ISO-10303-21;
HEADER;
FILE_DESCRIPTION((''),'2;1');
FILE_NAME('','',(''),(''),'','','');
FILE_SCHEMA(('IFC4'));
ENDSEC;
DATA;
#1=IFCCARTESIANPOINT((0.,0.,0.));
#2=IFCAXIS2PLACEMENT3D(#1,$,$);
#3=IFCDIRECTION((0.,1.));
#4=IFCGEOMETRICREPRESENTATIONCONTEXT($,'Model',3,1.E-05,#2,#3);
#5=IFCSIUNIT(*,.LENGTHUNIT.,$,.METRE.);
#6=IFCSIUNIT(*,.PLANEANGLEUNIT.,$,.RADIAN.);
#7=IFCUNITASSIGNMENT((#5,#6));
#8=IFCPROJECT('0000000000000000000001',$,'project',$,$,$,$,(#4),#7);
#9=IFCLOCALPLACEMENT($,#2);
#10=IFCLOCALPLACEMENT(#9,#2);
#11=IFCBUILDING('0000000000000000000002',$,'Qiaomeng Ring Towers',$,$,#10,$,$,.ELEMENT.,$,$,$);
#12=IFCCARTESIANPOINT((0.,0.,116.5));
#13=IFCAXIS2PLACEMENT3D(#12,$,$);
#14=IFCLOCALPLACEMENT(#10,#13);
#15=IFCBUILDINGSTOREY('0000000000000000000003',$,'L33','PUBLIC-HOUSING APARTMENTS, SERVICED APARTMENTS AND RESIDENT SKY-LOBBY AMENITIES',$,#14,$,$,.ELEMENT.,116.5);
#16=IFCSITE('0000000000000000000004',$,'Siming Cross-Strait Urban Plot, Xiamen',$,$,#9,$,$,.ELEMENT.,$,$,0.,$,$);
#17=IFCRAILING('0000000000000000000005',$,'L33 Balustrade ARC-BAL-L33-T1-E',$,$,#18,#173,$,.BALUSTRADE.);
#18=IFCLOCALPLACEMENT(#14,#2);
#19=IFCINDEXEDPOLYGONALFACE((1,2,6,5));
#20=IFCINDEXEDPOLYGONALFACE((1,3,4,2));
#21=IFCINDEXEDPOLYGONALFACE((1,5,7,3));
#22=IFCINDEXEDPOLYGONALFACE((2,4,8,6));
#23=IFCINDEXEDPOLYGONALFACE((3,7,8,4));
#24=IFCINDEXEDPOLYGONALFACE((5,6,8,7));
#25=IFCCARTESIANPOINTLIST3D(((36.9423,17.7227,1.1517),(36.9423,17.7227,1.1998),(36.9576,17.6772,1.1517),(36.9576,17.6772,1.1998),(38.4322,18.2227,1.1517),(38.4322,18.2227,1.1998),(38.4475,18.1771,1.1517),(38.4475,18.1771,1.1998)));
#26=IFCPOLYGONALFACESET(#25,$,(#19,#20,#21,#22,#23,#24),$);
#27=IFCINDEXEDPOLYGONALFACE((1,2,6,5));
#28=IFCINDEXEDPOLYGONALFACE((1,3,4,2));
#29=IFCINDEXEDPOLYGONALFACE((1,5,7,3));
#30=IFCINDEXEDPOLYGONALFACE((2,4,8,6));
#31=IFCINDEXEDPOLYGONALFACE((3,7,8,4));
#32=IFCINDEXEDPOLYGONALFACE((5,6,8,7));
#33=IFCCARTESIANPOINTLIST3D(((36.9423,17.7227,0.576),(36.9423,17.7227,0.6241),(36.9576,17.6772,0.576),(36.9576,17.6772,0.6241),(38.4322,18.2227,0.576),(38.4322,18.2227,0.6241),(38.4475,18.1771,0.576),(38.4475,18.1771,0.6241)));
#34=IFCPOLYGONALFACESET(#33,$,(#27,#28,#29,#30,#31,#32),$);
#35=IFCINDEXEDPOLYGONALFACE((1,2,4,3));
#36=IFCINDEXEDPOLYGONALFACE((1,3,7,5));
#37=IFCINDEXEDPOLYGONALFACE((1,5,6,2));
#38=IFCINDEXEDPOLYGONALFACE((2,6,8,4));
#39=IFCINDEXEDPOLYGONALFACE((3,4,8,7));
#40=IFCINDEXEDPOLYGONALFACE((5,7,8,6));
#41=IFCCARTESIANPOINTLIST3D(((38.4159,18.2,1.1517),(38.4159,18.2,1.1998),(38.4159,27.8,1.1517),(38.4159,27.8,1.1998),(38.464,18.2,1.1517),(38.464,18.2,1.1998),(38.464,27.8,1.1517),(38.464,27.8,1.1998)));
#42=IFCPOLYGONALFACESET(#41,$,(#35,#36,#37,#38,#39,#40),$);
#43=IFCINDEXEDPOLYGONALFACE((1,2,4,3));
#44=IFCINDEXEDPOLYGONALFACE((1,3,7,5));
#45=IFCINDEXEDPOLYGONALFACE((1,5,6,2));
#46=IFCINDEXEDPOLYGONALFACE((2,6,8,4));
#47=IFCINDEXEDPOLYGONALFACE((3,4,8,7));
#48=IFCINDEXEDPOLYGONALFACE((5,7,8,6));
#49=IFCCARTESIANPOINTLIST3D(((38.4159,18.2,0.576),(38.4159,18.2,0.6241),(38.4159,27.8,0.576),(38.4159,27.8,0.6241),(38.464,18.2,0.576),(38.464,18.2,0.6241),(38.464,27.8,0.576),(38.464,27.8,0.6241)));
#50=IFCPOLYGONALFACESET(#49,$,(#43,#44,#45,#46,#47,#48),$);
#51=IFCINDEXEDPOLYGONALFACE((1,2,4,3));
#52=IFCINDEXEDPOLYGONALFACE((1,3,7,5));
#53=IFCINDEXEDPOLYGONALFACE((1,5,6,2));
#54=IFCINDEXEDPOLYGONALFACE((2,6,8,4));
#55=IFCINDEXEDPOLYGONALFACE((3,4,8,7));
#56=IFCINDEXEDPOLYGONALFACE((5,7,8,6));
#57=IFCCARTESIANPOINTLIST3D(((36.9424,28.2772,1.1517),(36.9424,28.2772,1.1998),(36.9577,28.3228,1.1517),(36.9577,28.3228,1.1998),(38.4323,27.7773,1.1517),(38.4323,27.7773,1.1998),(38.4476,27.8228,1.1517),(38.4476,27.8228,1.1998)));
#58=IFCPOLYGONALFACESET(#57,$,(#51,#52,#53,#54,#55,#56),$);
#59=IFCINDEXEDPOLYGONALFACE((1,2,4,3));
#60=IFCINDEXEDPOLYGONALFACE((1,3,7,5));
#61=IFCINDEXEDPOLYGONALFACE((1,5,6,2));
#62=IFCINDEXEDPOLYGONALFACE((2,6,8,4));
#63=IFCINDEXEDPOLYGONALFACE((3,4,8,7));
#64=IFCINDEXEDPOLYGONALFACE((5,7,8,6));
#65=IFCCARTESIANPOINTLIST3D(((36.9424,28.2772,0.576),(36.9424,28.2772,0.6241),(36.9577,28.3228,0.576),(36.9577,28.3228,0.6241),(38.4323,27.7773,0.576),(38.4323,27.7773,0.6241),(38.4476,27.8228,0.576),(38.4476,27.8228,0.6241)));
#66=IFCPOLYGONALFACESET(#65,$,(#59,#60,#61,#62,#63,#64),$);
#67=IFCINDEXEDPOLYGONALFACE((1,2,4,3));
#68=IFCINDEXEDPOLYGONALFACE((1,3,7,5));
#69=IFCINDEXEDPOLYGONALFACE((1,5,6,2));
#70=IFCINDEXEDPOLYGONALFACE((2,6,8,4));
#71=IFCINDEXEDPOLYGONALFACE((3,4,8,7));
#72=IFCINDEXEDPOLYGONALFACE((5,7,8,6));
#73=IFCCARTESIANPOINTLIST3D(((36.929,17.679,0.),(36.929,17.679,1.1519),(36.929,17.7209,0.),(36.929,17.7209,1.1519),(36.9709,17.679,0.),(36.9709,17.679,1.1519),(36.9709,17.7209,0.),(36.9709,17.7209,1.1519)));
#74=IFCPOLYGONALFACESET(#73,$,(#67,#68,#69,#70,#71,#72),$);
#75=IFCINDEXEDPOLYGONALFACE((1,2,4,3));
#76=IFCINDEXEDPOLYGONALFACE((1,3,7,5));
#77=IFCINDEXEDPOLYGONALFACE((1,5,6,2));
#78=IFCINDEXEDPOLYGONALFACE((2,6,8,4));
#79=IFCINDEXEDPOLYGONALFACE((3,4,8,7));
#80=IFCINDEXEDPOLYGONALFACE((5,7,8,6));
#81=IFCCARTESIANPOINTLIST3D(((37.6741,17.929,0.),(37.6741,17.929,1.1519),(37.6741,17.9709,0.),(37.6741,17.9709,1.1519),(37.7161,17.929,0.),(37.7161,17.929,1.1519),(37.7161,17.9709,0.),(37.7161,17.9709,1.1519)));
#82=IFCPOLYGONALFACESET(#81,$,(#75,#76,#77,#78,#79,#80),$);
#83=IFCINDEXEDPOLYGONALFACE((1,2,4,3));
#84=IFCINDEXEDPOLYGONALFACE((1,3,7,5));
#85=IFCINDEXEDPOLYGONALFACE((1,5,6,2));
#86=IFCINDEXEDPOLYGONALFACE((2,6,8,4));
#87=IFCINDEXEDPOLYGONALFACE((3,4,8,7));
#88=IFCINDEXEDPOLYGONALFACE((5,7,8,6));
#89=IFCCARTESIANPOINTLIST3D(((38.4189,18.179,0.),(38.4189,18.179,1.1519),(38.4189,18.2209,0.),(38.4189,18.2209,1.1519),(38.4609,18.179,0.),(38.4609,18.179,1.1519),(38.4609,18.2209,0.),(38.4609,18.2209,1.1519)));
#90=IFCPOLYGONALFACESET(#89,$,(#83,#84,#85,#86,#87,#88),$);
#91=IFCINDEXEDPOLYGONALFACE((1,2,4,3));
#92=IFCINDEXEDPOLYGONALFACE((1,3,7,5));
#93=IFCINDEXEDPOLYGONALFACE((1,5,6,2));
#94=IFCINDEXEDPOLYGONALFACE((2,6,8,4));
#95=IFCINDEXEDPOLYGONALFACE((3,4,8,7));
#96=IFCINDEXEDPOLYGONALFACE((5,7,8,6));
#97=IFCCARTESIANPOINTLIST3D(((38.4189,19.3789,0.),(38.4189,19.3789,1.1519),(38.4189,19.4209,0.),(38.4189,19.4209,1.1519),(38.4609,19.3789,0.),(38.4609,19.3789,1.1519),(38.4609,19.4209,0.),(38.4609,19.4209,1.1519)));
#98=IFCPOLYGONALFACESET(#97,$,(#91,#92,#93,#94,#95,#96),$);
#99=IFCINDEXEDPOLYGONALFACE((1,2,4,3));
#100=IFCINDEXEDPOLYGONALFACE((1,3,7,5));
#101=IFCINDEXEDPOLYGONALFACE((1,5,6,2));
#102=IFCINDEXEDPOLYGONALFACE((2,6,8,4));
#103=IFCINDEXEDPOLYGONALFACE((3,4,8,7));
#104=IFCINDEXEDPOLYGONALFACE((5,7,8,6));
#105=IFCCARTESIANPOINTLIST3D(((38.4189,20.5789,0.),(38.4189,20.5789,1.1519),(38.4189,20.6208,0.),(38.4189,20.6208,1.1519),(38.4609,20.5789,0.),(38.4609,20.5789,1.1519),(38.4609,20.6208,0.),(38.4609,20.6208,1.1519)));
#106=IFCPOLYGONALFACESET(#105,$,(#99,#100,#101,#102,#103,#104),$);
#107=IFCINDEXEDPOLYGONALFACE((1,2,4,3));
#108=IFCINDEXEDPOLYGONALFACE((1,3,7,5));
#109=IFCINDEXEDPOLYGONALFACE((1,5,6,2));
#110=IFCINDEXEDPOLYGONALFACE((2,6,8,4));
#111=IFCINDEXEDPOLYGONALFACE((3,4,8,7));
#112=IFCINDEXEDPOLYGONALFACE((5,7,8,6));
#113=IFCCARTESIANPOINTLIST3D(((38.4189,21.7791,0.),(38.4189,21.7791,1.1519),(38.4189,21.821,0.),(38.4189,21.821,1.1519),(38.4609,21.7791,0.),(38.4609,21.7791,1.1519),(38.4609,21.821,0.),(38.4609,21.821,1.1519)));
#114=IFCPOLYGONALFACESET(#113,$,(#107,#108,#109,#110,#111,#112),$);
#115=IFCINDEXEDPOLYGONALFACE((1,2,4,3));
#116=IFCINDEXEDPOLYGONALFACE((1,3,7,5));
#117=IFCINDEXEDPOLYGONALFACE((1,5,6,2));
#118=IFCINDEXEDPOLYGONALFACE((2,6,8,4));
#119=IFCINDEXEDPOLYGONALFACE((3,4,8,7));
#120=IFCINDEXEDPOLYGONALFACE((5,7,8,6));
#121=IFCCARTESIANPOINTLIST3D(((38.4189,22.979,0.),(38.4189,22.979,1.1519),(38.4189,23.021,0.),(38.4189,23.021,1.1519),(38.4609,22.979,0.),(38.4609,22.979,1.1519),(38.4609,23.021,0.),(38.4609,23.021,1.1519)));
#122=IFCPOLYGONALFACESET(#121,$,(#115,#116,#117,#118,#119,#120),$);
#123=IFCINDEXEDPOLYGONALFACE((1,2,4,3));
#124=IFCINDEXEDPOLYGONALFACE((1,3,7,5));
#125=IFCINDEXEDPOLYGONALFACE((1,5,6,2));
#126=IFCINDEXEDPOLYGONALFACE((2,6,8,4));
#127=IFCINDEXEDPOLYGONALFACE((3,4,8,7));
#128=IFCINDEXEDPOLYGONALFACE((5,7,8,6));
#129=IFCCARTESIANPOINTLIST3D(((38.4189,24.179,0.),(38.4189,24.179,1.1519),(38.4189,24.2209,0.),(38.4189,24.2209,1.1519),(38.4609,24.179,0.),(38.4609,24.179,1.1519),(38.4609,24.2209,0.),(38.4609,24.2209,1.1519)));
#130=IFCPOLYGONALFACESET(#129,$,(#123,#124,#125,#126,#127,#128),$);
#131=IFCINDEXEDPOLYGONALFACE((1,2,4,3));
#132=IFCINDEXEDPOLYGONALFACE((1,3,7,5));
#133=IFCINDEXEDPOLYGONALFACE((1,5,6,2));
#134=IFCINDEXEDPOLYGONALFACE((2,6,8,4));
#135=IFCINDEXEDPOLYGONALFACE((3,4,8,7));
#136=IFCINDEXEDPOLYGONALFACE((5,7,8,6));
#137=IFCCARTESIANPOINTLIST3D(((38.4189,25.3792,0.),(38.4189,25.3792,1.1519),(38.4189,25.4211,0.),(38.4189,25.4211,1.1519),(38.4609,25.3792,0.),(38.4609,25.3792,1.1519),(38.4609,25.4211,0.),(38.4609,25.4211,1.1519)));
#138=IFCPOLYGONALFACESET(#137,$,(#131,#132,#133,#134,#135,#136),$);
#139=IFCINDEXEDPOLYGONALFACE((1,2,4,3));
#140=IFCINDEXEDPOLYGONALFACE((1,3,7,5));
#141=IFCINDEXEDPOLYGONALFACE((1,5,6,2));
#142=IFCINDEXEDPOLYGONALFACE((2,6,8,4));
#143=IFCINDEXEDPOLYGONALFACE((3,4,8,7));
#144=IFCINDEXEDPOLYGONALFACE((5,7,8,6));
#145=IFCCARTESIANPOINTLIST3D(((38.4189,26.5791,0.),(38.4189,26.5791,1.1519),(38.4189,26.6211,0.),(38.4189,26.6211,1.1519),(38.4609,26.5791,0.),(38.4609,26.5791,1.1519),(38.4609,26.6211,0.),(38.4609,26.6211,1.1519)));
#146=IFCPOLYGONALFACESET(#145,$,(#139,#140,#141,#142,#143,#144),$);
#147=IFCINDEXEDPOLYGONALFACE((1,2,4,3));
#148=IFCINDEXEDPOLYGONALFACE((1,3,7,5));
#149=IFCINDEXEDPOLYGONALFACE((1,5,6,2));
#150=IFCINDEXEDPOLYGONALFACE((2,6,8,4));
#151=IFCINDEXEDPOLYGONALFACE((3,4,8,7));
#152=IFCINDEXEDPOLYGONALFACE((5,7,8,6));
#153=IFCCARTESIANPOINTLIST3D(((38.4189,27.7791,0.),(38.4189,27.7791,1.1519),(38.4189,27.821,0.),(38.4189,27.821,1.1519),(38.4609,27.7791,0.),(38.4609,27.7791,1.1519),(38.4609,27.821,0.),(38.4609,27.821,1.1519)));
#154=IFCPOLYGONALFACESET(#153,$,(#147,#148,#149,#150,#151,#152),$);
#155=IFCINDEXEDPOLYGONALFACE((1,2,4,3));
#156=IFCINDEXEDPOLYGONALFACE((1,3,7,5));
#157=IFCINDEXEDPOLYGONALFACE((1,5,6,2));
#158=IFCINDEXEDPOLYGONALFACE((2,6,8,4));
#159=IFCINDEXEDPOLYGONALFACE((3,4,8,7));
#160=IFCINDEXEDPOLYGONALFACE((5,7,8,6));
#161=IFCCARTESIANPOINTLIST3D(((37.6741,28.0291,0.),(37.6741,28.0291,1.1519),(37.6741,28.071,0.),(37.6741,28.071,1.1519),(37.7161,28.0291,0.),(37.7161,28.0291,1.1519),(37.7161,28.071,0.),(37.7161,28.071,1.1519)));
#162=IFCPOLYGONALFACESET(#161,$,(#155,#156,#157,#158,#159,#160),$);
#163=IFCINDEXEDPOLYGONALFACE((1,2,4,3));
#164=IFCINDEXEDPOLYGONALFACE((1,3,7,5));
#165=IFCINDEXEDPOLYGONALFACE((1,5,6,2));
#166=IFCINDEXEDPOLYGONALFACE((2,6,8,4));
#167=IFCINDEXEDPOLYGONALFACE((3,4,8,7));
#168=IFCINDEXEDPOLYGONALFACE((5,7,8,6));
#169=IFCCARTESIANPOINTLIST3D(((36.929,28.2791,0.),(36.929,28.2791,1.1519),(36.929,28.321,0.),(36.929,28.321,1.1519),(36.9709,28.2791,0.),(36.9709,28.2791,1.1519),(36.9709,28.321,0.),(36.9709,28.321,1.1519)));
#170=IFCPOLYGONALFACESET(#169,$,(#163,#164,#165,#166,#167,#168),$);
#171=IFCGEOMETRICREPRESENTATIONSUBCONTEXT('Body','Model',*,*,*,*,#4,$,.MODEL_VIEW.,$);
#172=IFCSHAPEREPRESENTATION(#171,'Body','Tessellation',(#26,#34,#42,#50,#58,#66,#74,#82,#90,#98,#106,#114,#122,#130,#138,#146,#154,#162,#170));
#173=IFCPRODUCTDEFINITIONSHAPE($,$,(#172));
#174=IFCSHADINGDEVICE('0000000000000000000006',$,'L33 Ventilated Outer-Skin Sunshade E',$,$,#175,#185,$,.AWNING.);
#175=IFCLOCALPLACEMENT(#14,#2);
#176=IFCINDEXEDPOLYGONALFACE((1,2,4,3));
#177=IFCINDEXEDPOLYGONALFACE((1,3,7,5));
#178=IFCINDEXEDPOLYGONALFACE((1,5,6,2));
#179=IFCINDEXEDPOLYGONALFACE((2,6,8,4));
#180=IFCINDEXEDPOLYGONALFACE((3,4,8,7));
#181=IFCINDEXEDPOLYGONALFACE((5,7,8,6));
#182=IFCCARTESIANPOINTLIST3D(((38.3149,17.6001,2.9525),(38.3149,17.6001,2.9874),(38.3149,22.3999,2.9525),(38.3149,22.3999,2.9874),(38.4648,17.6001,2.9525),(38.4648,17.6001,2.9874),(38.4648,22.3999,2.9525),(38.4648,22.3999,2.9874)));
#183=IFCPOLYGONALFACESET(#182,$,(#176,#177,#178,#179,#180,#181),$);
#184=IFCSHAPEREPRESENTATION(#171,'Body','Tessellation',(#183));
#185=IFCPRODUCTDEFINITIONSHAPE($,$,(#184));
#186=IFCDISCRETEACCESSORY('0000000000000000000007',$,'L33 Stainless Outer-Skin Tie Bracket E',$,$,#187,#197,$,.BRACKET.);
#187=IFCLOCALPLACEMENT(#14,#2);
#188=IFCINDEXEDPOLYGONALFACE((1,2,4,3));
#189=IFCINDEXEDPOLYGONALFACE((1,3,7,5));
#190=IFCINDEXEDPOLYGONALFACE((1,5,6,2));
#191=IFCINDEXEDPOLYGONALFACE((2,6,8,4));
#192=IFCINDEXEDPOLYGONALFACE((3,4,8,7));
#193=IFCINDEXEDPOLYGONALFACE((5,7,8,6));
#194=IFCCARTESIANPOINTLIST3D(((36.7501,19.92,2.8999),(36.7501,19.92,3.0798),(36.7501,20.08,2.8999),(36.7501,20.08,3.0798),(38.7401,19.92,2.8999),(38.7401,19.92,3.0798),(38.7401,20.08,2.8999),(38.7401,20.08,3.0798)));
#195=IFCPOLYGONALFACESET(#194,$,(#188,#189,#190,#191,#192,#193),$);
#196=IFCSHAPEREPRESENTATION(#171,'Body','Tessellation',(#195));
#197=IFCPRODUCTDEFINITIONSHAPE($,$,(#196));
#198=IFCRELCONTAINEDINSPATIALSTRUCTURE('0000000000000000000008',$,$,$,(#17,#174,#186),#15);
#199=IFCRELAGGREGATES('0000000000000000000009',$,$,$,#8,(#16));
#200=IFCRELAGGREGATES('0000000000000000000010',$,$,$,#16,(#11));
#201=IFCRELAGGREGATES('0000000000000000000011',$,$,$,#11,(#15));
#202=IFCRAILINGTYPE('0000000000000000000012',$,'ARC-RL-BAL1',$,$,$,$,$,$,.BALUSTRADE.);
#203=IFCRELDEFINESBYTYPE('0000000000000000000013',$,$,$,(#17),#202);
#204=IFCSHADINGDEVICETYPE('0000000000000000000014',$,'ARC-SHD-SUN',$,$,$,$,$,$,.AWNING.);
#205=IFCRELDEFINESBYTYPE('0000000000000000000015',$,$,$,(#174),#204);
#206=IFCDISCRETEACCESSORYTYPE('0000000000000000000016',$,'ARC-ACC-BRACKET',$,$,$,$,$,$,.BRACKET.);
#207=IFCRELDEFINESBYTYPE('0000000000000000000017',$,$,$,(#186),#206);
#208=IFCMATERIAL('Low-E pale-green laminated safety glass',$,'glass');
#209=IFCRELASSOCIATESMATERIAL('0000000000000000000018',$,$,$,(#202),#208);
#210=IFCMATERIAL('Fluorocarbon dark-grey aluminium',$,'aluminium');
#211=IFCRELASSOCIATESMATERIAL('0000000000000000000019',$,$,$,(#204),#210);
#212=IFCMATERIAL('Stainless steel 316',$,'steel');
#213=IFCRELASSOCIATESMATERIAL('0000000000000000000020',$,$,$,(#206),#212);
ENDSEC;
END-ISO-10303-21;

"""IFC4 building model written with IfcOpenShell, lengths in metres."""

from ifc_helpers import new_model, si_unit, direction, frame, origin, origin_2d, place, context, subcontext, project, spatial, rectangle, extrude, source, transform, mapped, material, material_profile, profile_set, type_object, element, save


model = new_model("IFC4")

# Units and contexts
model_context = context("Model", 3, precision=1e-05, world=origin(), true_north=direction((0.0, 1.0)))
body_context = subcontext(model_context, "Body", "Model", "MODEL_VIEW")
ifc_project = project(units=[si_unit("LENGTHUNIT", "METRE"), si_unit("PLANEANGLEUNIT", "RADIAN")], contexts=[model_context])

# Site, building, storey
site_placement = place(None, origin())
site = spatial("IfcSite", under=ifc_project, at=site_placement, Name="Siming Cross-Strait Urban Plot, Xiamen", CompositionType="ELEMENT", RefElevation=0.0)
building_placement = place(site_placement, origin())
building = spatial("IfcBuilding", under=site, at=building_placement, Name="Qiaomeng Ring Towers", CompositionType="ELEMENT")
storey_placement = place(building_placement, frame((0.0, 0.0, 116.5)))
storey = spatial("IfcBuildingStorey", under=building, at=storey_placement, Name="L33", Description="PUBLIC-HOUSING APARTMENTS, SERVICED APARTMENTS AND RESIDENT SKY-LOBBY AMENITIES", CompositionType="ELEMENT", Elevation=116.5)

# Shared definitions
ifc_material_1 = material(Name="Stainless steel 316", Category="steel")

# Railing
ifc_material_2 = material(Name="Low-E pale-green laminated safety glass", Category="glass")
railing_type = type_object("IfcRailingType", Name="ARC-RL-BAL1", PredefinedType="BALUSTRADE", material=ifc_material_2)
railing_placement = place(storey_placement, frame((36.95, 17.7, 0.0)))
element("IfcRailing", 1, at=railing_placement, inside=storey, type_object=railing_type, Name="L33 Balustrade ARC-BAL-L33-T1-E", PredefinedType="BALUSTRADE", context=body_context, shape_type="SweptSolid", body=[
    extrude(rectangle(XDim=0.0481, YDim=0.0481, at=origin_2d()), frame((0.0, 0.0, 1.1758), z_axis=(0.948044, 0.318138, 0.0), x_axis=(-0.318138, 0.948044, 0.0)), (0.0, 0.0, 1.0), 1.5715),
    extrude(rectangle(XDim=0.0481, YDim=0.0481, at=origin_2d()), frame((0.0, 0.0, 0.6001), z_axis=(0.948044, 0.318138, 0.0), x_axis=(-0.318138, 0.948044, 0.0)), (0.0, 0.0, 1.0), 1.5715),
    extrude(rectangle(XDim=0.0481, YDim=0.0481, at=origin_2d()), frame((1.49, 0.5, 1.1758), z_axis=(0.0, 1.0, 0.0), x_axis=(-1.0, 0.0, 0.0)), (0.0, 0.0, 1.0), 9.6001),
    extrude(rectangle(XDim=0.0481, YDim=0.0481, at=origin_2d()), frame((1.49, 0.5, 0.6001), z_axis=(0.0, 1.0, 0.0), x_axis=(-1.0, 0.0, 0.0)), (0.0, 0.0, 1.0), 9.6001),
    extrude(rectangle(XDim=0.0481, YDim=0.0481, at=origin_2d()), frame((1.49, 10.1001, 1.1758), z_axis=(-0.948044, 0.318138, 0.0), x_axis=(-0.318138, -0.948044, 0.0)), (0.0, 0.0, 1.0), 1.5715),
    extrude(rectangle(XDim=0.0481, YDim=0.0481, at=origin_2d()), frame((1.49, 10.1001, 0.6001), z_axis=(-0.948044, 0.318138, 0.0), x_axis=(-0.318138, -0.948044, 0.0)), (0.0, 0.0, 1.0), 1.5715),
    extrude(rectangle(XDim=0.042, YDim=0.042, at=origin_2d()), origin(), (0.0, 0.0, 1.0), 1.1519),
    extrude(rectangle(XDim=0.042, YDim=0.042, at=origin_2d()), frame((0.7451, 0.25, 0.0)), (0.0, 0.0, 1.0), 1.1519),
    extrude(rectangle(XDim=0.042, YDim=0.042, at=origin_2d()), frame((1.49, 0.5, 0.0)), (0.0, 0.0, 1.0), 1.1519),
    extrude(rectangle(XDim=0.042, YDim=0.042, at=origin_2d()), frame((1.49, 1.7, 0.0)), (0.0, 0.0, 1.0), 1.1519),
    extrude(rectangle(XDim=0.042, YDim=0.042, at=origin_2d()), frame((1.49, 2.8999, 0.0)), (0.0, 0.0, 1.0), 1.1519),
    extrude(rectangle(XDim=0.042, YDim=0.042, at=origin_2d()), frame((1.49, 4.1001, 0.0)), (0.0, 0.0, 1.0), 1.1519),
    extrude(rectangle(XDim=0.042, YDim=0.042, at=origin_2d()), frame((1.49, 5.3, 0.0)), (0.0, 0.0, 1.0), 1.1519),
    extrude(rectangle(XDim=0.042, YDim=0.042, at=origin_2d()), frame((1.49, 6.5, 0.0)), (0.0, 0.0, 1.0), 1.1519),
    extrude(rectangle(XDim=0.042, YDim=0.042, at=origin_2d()), frame((1.49, 7.7002, 0.0)), (0.0, 0.0, 1.0), 1.1519),
    extrude(rectangle(XDim=0.042, YDim=0.042, at=origin_2d()), frame((1.49, 8.9001, 0.0)), (0.0, 0.0, 1.0), 1.1519),
    extrude(rectangle(XDim=0.042, YDim=0.042, at=origin_2d()), frame((1.49, 10.1001, 0.0)), (0.0, 0.0, 1.0), 1.1519),
    extrude(rectangle(XDim=0.042, YDim=0.042, at=origin_2d()), frame((0.7451, 10.3501, 0.0)), (0.0, 0.0, 1.0), 1.1519),
    extrude(rectangle(XDim=0.042, YDim=0.042, at=origin_2d()), frame((0.0, 10.6001, 0.0)), (0.0, 0.0, 1.0), 1.1519),
])

# Shading device
ifc_material_3 = material(Name="Fluorocarbon dark-grey aluminium", Category="aluminium")
ifc_material_profile_1 = material_profile(ifc_material_3, rectangle(XDim=0.1499, YDim=0.0349, at=origin_2d()), Name="LV BLADE 150x35")
ifc_profile_set_1 = profile_set([ifc_material_profile_1], Name="Fluorocarbon dark-grey aluminium")
shading_device_type = type_object("IfcShadingDeviceType", Name="ARC-SHD-SUN", PredefinedType="AWNING", material=ifc_profile_set_1)
shared_shape_1 = source(origin(), body_context, "Body", "SweptSolid", [
    extrude(rectangle(XDim=0.1499, YDim=0.0349, at=origin_2d()), origin(), (0.0, 0.0, 1.0), 4.7998),
])
shading_device_placement = place(storey_placement, frame((38.3899, 17.6001, 2.97), z_axis=(0.0, 1.0, 0.0), x_axis=(-1.0, 0.0, 0.0)))
element("IfcShadingDevice", 2, at=shading_device_placement, inside=storey, type_object=shading_device_type, Name="L33 Ventilated Outer-Skin Sunshade E", PredefinedType="AWNING", context=body_context, shape_type="MappedRepresentation", body=[
    mapped(shared_shape_1, transform((0.0, 0.0, 0.0), x_axis=(1.0, 0.0, 0.0), y_axis=(0.0, 1.0, 0.0), z_axis=(0.0, 0.0, 1.0), scale=1.0)),
])

# Discrete accessory
discrete_accessory_type = type_object("IfcDiscreteAccessoryType", Name="ARC-ACC-BRACKET", PredefinedType="BRACKET", material=ifc_material_1)
shared_shape_2 = source(origin(), body_context, "Body", "SweptSolid", [
    extrude(rectangle(XDim=1.99, YDim=0.1599, at=origin_2d()), origin(), (0.0, 0.0, 1.0), 0.1799),
])
discrete_accessory_placement = place(storey_placement, frame((37.7451, 20.0, 2.8999), z_axis=(0.0, 0.0, 1.0), x_axis=(1.0, 0.0, 0.0)))
element("IfcDiscreteAccessory", 3, at=discrete_accessory_placement, inside=storey, type_object=discrete_accessory_type, Name="L33 Stainless Outer-Skin Tie Bracket E", PredefinedType="BRACKET", context=body_context, shape_type="MappedRepresentation", body=[
    mapped(shared_shape_2, transform((0.0, 0.0, 0.0), x_axis=(1.0, 0.0, 0.0), y_axis=(0.0, 1.0, 0.0), z_axis=(0.0, 0.0, 1.0), scale=1.0)),
])

save(model, "model.ifc")
